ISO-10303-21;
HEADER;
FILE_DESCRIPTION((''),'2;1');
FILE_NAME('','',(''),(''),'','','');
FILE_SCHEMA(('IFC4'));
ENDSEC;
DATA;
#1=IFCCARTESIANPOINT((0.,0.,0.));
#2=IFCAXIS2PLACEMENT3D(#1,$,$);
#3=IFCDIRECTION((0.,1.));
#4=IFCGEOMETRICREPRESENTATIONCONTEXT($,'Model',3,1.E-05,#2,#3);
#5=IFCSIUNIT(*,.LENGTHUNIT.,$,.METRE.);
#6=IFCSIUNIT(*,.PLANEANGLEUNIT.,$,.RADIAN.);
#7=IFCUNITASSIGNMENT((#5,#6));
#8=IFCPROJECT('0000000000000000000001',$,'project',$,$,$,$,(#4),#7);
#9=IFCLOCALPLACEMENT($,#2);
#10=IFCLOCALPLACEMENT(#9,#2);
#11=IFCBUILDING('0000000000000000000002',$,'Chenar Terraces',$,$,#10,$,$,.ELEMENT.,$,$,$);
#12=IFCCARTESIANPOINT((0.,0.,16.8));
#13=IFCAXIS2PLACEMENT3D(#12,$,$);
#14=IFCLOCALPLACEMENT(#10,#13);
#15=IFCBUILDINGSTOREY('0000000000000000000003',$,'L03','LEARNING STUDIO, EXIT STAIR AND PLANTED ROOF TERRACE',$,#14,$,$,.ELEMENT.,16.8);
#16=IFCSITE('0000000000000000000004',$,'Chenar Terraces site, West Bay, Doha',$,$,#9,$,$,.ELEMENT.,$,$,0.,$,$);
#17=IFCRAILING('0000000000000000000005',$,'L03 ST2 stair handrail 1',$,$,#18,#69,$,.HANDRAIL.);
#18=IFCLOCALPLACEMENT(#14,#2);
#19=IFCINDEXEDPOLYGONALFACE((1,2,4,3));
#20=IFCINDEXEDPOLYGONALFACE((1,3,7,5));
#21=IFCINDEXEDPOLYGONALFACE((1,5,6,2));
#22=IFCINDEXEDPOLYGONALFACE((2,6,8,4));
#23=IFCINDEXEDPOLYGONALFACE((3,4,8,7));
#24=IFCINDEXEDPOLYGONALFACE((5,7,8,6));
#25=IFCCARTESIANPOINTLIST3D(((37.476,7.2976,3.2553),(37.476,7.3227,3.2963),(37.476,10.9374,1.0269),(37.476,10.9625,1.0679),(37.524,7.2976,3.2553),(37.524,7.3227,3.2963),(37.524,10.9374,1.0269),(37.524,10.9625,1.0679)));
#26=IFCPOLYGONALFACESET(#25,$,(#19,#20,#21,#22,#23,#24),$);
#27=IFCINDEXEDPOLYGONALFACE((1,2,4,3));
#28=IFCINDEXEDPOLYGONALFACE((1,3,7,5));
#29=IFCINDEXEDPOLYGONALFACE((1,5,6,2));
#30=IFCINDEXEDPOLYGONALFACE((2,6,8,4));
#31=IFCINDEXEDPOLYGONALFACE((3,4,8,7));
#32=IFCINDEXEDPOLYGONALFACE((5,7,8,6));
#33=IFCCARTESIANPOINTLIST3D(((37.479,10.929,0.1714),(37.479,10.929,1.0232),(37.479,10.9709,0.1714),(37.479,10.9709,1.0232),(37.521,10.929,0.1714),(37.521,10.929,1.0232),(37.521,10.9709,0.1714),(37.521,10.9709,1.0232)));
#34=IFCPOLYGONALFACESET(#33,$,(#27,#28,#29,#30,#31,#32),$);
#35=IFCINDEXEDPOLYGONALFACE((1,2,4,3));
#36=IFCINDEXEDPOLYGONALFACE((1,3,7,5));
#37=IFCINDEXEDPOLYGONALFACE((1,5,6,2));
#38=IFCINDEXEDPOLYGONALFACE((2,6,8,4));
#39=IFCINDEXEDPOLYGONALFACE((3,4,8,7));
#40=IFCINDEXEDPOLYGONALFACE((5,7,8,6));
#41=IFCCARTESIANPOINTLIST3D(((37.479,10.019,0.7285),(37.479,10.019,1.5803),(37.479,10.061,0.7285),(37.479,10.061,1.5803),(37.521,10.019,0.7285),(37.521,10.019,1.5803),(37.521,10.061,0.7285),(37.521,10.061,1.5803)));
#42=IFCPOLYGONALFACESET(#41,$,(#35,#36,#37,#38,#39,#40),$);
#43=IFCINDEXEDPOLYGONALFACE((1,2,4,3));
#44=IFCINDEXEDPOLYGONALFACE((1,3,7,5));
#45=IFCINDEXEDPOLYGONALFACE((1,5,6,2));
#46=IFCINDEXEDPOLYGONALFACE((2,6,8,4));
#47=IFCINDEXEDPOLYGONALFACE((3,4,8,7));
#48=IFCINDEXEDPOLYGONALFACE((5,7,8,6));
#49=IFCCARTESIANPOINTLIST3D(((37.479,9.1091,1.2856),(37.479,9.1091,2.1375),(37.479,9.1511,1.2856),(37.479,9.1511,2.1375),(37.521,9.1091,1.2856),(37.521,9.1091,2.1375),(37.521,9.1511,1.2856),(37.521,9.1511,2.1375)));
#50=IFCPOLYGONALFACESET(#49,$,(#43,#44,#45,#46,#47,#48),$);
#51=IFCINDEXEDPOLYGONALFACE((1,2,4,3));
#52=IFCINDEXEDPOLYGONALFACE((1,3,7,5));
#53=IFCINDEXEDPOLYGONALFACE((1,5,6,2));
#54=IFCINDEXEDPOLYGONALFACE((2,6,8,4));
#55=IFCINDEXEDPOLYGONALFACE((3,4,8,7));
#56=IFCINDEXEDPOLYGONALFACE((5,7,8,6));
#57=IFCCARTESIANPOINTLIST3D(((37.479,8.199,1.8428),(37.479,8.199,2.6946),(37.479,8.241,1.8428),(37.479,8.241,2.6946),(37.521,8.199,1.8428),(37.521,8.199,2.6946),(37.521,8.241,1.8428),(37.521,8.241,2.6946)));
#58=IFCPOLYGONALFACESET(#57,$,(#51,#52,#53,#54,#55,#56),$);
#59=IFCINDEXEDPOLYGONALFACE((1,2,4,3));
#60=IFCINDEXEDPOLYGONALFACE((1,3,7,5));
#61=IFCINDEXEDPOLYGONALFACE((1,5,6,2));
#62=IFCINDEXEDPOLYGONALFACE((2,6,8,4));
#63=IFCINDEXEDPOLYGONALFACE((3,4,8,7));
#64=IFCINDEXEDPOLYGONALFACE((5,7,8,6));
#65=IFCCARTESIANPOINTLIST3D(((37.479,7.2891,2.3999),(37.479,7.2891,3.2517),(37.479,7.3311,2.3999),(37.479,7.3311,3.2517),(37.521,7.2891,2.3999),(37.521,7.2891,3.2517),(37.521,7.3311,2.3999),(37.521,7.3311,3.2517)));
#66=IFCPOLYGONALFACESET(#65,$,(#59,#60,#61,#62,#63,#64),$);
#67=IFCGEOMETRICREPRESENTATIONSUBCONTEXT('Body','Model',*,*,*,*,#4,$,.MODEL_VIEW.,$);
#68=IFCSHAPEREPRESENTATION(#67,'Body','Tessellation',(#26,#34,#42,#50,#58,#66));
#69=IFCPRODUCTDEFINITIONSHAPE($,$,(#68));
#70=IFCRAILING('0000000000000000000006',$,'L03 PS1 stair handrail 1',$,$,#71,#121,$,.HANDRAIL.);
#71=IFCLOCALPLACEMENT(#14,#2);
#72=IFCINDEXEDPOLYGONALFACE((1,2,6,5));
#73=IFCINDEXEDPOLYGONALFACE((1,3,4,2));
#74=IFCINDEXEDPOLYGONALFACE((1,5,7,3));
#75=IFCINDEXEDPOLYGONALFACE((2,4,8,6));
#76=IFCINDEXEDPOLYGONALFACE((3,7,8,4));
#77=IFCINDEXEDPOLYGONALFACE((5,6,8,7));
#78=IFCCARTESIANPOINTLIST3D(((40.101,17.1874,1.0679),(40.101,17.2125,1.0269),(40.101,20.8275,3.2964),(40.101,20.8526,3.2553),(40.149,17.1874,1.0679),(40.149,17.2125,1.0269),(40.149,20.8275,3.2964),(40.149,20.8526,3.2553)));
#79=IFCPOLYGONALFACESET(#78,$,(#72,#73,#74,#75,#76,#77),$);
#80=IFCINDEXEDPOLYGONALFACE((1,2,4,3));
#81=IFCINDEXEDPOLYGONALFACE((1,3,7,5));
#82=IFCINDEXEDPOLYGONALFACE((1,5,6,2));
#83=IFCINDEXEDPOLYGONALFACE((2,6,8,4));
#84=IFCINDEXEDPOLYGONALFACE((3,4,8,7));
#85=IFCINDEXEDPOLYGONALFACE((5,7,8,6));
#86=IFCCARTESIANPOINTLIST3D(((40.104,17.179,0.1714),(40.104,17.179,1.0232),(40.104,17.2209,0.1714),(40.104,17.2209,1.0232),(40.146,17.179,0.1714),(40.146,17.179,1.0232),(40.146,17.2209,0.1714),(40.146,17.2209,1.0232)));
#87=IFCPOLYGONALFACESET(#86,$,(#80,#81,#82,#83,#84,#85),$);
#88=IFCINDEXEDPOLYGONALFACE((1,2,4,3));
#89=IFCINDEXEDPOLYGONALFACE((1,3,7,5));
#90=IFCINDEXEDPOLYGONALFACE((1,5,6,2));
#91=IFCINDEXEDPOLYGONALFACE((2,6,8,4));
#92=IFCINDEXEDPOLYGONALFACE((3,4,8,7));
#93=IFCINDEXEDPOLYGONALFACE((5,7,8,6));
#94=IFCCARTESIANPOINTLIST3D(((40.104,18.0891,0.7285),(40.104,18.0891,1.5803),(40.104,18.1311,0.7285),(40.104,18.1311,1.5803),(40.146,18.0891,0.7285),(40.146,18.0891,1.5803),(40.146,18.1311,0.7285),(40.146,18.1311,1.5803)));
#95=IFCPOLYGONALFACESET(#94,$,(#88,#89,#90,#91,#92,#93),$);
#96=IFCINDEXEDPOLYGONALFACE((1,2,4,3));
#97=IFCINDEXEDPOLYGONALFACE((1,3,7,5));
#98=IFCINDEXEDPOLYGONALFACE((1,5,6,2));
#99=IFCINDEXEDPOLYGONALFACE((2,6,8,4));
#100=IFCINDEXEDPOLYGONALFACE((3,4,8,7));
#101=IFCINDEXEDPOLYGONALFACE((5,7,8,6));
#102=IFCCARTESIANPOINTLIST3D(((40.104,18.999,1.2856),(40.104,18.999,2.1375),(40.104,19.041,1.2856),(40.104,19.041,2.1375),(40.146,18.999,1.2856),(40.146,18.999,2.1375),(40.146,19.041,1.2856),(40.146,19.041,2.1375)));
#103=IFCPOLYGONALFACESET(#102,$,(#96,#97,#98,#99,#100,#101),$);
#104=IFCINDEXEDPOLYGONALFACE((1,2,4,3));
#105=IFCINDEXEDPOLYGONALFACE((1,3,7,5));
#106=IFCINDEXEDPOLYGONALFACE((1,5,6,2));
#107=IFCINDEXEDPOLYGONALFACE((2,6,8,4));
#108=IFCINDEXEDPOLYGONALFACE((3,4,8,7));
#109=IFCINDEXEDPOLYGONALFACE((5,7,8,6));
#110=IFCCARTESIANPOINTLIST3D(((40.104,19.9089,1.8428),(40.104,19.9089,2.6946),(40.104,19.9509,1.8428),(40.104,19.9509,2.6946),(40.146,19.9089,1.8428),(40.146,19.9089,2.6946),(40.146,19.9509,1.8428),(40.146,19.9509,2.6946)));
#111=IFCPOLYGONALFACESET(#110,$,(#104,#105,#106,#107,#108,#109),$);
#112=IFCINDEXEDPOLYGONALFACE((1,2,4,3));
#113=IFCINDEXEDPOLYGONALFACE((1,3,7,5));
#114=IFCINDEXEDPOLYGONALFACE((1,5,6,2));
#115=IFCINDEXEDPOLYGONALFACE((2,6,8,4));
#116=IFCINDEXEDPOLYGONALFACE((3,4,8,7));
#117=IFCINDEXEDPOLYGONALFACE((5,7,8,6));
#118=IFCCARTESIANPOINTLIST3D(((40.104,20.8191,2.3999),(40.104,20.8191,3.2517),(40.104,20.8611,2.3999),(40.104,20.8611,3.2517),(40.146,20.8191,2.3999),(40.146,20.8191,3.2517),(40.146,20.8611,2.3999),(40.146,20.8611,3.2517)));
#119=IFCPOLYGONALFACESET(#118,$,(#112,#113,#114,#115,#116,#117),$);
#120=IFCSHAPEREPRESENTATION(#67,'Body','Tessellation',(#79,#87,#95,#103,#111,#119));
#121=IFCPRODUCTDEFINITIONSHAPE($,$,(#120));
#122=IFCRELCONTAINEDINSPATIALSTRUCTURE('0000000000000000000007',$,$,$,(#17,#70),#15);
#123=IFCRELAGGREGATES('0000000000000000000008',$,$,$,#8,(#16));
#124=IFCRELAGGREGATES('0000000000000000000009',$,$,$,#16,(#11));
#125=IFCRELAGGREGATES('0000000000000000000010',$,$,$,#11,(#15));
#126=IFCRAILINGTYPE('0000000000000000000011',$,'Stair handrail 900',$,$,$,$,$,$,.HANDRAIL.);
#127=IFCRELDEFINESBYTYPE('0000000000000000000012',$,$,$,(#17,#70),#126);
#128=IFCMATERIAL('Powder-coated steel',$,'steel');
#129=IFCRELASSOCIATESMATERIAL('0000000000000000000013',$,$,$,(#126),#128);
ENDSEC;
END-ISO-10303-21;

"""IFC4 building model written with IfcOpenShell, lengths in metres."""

from ifc_helpers import new_model, si_unit, direction, frame, origin, origin_2d, place, context, subcontext, project, spatial, rectangle, extrude, material, type_object, element, save


model = new_model("IFC4")

# Units and contexts
model_context = context("Model", 3, precision=1e-05, world=origin(), true_north=direction((0.0, 1.0)))
body_context = subcontext(model_context, "Body", "Model", "MODEL_VIEW")
ifc_project = project(units=[si_unit("LENGTHUNIT", "METRE"), si_unit("PLANEANGLEUNIT", "RADIAN")], contexts=[model_context])

# Site, building, storey
site_placement = place(None, origin())
site = spatial("IfcSite", under=ifc_project, at=site_placement, Name="Chenar Terraces site, West Bay, Doha", CompositionType="ELEMENT", RefElevation=0.0)
building_placement = place(site_placement, origin())
building = spatial("IfcBuilding", under=site, at=building_placement, Name="Chenar Terraces", CompositionType="ELEMENT")
storey_placement = place(building_placement, frame((0.0, 0.0, 16.8)))
storey = spatial("IfcBuildingStorey", under=building, at=storey_placement, Name="L03", Description="LEARNING STUDIO, EXIT STAIR AND PLANTED ROOF TERRACE", CompositionType="ELEMENT", Elevation=16.8)

# Railings
ifc_material_1 = material(Name="Powder-coated steel", Category="steel")
railing_type_1 = type_object("IfcRailingType", Name="Stair handrail 900", PredefinedType="HANDRAIL", material=ifc_material_1)
railing_1_placement = place(storey_placement, frame((37.5, 10.95, 0.1714)))
element("IfcRailing", 1, at=railing_1_placement, inside=storey, type_object=railing_type_1, Name="L03 ST2 stair handrail 1", PredefinedType="HANDRAIL", context=body_context, shape_type="SweptSolid", body=[
    extrude(rectangle(XDim=0.0481, YDim=0.0481, at=origin_2d()), frame((0.0, 0.0, 0.876), z_axis=(0.0, -0.85285, 0.522156), x_axis=(1.0, 0.0, 0.0)), (0.0, 0.0, 1.0), 4.2678),
    extrude(rectangle(XDim=0.042, YDim=0.042, at=origin_2d()), origin(), (0.0, 0.0, 1.0), 0.8518),
    extrude(rectangle(XDim=0.042, YDim=0.042, at=origin_2d()), frame((0.0, -0.9099, 0.5571)), (0.0, 0.0, 1.0), 0.8518),
    extrude(rectangle(XDim=0.042, YDim=0.042, at=origin_2d()), frame((0.0, -1.8198, 1.1143)), (0.0, 0.0, 1.0), 0.8518),
    extrude(rectangle(XDim=0.042, YDim=0.042, at=origin_2d()), frame((0.0, -2.73, 1.6714)), (0.0, 0.0, 1.0), 0.8518),
    extrude(rectangle(XDim=0.042, YDim=0.042, at=origin_2d()), frame((0.0, -3.6399, 2.2285)), (0.0, 0.0, 1.0), 0.8518),
])
railing_2_placement = place(storey_placement, frame((40.125, 17.2, 0.1714)))
element("IfcRailing", 2, at=railing_2_placement, inside=storey, type_object=railing_type_1, Name="L03 PS1 stair handrail 1", PredefinedType="HANDRAIL", context=body_context, shape_type="SweptSolid", body=[
    extrude(rectangle(XDim=0.0481, YDim=0.0481, at=origin_2d()), frame((0.0, 0.0, 0.876), z_axis=(0.0, 0.852866, 0.52213), x_axis=(-1.0, 0.0, 0.0)), (0.0, 0.0, 1.0), 4.2681),
    extrude(rectangle(XDim=0.042, YDim=0.042, at=origin_2d()), origin(), (0.0, 0.0, 1.0), 0.8518),
    extrude(rectangle(XDim=0.042, YDim=0.042, at=origin_2d()), frame((0.0, 0.9102, 0.5571)), (0.0, 0.0, 1.0), 0.8518),
    extrude(rectangle(XDim=0.042, YDim=0.042, at=origin_2d()), frame((0.0, 1.8201, 1.1143)), (0.0, 0.0, 1.0), 0.8518),
    extrude(rectangle(XDim=0.042, YDim=0.042, at=origin_2d()), frame((0.0, 2.73, 1.6714)), (0.0, 0.0, 1.0), 0.8518),
    extrude(rectangle(XDim=0.042, YDim=0.042, at=origin_2d()), frame((0.0, 3.6401, 2.2285)), (0.0, 0.0, 1.0), 0.8518),
])

save(model, "model.ifc")
